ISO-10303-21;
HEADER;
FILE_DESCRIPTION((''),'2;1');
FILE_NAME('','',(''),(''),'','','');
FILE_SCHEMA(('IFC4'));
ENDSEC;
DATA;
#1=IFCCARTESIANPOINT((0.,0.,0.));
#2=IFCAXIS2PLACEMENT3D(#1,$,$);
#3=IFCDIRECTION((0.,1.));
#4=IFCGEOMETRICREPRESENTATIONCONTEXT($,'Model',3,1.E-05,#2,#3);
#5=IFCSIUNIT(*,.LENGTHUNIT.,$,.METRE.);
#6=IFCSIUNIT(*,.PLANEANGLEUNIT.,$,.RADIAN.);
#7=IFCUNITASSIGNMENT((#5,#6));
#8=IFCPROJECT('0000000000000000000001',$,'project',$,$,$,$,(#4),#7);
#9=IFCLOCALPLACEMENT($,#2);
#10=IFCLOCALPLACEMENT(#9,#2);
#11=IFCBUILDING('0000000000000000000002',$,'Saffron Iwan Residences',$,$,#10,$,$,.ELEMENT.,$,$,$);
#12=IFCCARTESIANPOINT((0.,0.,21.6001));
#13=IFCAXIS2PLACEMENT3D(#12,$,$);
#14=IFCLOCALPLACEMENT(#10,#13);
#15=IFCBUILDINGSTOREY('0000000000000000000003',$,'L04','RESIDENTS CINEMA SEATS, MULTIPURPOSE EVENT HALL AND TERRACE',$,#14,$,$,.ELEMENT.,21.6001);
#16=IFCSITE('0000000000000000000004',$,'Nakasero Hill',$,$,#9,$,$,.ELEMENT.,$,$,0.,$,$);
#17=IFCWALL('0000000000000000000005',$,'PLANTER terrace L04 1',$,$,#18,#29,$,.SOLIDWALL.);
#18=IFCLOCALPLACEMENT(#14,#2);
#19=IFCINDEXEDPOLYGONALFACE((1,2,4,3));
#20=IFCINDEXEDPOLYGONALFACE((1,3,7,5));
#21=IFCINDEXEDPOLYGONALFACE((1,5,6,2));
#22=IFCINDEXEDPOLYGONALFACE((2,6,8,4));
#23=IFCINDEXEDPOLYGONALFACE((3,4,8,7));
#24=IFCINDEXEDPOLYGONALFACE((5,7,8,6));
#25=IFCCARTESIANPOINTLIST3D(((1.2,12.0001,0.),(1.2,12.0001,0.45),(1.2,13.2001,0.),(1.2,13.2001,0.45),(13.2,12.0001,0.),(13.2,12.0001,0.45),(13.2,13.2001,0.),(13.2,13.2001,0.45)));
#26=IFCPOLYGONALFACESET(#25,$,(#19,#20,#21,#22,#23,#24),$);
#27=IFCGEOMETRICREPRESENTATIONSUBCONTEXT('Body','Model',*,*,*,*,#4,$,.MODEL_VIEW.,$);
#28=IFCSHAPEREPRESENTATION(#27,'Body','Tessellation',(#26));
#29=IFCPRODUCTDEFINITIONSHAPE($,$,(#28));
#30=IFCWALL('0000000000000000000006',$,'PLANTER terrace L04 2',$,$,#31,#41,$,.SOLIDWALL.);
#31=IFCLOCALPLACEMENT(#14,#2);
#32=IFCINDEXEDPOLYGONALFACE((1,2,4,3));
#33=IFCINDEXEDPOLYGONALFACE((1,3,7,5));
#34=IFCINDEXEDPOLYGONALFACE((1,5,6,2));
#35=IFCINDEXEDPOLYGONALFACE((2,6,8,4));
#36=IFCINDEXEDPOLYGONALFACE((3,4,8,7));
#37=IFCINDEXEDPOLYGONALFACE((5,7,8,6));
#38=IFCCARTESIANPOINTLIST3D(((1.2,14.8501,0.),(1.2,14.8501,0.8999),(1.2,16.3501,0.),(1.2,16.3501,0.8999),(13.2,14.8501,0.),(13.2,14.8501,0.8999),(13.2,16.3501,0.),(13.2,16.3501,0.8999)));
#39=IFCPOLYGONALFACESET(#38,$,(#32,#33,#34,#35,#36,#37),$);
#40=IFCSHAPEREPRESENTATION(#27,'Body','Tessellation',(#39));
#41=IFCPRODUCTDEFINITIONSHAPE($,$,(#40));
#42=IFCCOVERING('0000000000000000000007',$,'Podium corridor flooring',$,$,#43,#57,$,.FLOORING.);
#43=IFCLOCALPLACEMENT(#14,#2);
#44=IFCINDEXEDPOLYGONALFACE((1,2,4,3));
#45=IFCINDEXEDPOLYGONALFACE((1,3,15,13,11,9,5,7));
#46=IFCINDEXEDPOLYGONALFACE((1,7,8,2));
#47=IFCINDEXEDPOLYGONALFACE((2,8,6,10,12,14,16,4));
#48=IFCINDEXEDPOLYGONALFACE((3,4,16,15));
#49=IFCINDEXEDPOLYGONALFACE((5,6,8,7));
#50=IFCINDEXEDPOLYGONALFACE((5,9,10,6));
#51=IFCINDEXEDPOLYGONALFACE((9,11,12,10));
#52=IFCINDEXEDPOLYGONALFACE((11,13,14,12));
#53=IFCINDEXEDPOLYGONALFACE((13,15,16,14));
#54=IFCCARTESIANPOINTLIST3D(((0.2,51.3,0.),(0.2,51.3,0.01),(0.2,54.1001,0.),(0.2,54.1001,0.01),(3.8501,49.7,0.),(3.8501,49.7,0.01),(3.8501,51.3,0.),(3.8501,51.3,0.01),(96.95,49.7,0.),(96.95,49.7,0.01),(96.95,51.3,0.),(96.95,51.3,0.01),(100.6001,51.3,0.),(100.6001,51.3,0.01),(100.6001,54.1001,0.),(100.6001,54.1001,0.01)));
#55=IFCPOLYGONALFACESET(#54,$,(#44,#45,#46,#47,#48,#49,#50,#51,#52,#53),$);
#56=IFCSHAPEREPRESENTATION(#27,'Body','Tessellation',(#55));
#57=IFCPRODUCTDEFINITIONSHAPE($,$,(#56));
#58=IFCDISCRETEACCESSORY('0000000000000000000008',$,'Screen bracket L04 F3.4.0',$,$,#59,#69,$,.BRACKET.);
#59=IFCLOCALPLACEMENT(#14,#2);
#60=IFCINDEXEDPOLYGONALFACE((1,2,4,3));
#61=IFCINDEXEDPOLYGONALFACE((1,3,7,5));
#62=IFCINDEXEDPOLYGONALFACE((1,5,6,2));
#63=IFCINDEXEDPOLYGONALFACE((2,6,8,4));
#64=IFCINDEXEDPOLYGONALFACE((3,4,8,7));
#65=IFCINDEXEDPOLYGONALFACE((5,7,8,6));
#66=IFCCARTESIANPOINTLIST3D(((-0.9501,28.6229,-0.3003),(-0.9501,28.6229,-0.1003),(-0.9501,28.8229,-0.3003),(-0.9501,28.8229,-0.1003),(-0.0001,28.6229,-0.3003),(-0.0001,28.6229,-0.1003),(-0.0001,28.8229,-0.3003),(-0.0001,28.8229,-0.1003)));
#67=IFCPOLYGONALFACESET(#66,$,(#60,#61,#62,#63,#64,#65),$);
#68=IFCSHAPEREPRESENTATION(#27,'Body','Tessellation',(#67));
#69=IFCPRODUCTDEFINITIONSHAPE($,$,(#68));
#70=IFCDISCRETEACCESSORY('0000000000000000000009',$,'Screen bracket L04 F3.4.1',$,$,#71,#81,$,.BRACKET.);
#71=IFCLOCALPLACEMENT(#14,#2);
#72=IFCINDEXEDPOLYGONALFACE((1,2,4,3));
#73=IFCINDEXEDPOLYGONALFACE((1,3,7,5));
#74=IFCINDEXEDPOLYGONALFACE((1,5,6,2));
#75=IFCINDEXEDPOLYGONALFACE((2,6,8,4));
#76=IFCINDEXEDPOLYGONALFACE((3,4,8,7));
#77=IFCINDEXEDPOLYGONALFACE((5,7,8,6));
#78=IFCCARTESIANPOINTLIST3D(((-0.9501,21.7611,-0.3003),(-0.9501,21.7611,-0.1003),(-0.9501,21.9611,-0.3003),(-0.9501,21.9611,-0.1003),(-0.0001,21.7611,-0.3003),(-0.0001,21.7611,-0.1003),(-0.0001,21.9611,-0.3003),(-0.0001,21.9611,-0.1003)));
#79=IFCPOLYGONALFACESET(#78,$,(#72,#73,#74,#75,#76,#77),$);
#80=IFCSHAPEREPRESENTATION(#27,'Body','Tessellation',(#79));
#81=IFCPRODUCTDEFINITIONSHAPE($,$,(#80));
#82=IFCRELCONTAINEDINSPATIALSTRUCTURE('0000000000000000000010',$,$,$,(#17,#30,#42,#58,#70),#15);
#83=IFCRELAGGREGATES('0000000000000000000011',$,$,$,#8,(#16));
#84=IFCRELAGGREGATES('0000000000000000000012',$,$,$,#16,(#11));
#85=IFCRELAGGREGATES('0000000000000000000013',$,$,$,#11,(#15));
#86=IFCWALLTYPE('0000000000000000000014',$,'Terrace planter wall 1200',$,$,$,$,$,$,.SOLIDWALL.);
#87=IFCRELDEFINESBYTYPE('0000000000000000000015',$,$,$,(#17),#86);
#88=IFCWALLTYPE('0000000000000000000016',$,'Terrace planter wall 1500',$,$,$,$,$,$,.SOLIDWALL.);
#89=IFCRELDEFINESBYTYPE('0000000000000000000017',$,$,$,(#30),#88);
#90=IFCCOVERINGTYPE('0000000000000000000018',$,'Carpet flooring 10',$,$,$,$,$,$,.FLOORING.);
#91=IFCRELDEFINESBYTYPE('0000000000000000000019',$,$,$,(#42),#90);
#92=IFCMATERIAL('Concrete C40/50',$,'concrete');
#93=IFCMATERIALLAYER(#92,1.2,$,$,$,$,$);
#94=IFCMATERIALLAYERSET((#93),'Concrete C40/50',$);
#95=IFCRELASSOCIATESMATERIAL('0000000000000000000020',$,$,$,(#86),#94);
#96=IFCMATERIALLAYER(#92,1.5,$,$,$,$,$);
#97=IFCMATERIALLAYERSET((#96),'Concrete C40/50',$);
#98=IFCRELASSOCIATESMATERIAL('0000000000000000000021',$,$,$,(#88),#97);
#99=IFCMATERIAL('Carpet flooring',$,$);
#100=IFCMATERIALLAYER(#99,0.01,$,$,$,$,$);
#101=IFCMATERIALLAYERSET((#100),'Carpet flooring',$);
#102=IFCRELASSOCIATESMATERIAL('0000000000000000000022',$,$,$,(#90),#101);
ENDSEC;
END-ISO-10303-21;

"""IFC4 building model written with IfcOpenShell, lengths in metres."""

from ifc_helpers import new_model, si_unit, direction, frame, frame_2d, origin, origin_2d, place, context, subcontext, project, spatial, polyline, rectangle, outline, extrude, source, transform, mapped, material, layer, layer_set, type_object, element, save


model = new_model("IFC4")

# Units and contexts
model_context = context("Model", 3, precision=1e-05, world=origin(), true_north=direction((0.0, 1.0)))
body_context = subcontext(model_context, "Body", "Model", "MODEL_VIEW")
ifc_project = project(units=[si_unit("LENGTHUNIT", "METRE"), si_unit("PLANEANGLEUNIT", "RADIAN")], contexts=[model_context])

# Site, building, storey
site_placement = place(None, origin())
site = spatial("IfcSite", under=ifc_project, at=site_placement, Name="Nakasero Hill", CompositionType="ELEMENT", RefElevation=0.0)
building_placement = place(site_placement, origin())
building = spatial("IfcBuilding", under=site, at=building_placement, Name="Saffron Iwan Residences", CompositionType="ELEMENT")
storey_placement = place(building_placement, frame((0.0, 0.0, 21.6001)))
storey = spatial("IfcBuildingStorey", under=building, at=storey_placement, Name="L04", Description="RESIDENTS CINEMA SEATS, MULTIPURPOSE EVENT HALL AND TERRACE", CompositionType="ELEMENT", Elevation=21.6001)

# Shared definitions
ifc_material_1 = material(Name="Concrete C40/50", Category="concrete")

# Walls
ifc_layer_1 = layer(ifc_material_1, 1.2)
ifc_layer_set_1 = layer_set([ifc_layer_1], Name="Concrete C40/50")
wall_type_1 = type_object("IfcWallType", Name="Terrace planter wall 1200", PredefinedType="SOLIDWALL", material=ifc_layer_set_1)
wall_1_placement = place(storey_placement, frame((1.2, 12.6001, 0.0), z_axis=(0.0, 0.0, 1.0), x_axis=(1.0, 0.0, 0.0)))
element("IfcWall", 1, at=wall_1_placement, inside=storey, type_object=wall_type_1, Name="PLANTER terrace L04 1", PredefinedType="SOLIDWALL", context=body_context, shape_type="SweptSolid", body=[
    extrude(rectangle(XDim=12.0, YDim=1.2, at=frame_2d((6.0, 0.0))), origin(), (0.0, 0.0, 1.0), 0.45),
])
ifc_layer_2 = layer(ifc_material_1, 1.5)
ifc_layer_set_2 = layer_set([ifc_layer_2], Name="Concrete C40/50")
wall_type_2 = type_object("IfcWallType", Name="Terrace planter wall 1500", PredefinedType="SOLIDWALL", material=ifc_layer_set_2)
wall_2_placement = place(storey_placement, frame((1.2, 15.6001, 0.0), z_axis=(0.0, 0.0, 1.0), x_axis=(1.0, 0.0, 0.0)))
element("IfcWall", 2, at=wall_2_placement, inside=storey, type_object=wall_type_2, Name="PLANTER terrace L04 2", PredefinedType="SOLIDWALL", context=body_context, shape_type="SweptSolid", body=[
    extrude(rectangle(XDim=12.0, YDim=1.5, at=frame_2d((6.0, 0.0))), origin(), (0.0, 0.0, 1.0), 0.8999),
])

# Covering
ifc_material_2 = material(Name="Carpet flooring")
ifc_layer_3 = layer(ifc_material_2, 0.01)
ifc_layer_set_3 = layer_set([ifc_layer_3], Name="Carpet flooring")
covering_type_1 = type_object("IfcCoveringType", Name="Carpet flooring 10", PredefinedType="FLOORING", material=ifc_layer_set_3)
covering_1_placement = place(storey_placement, origin())
element("IfcCovering", 3, at=covering_1_placement, inside=storey, type_object=covering_type_1, Name="Podium corridor flooring", PredefinedType="FLOORING", context=body_context, shape_type="SweptSolid", body=[
    extrude(outline(polyline([(100.6001, 51.3), (96.95, 51.3), (96.95, 49.7), (3.8501, 49.7), (3.8501, 51.3), (0.2, 51.3), (0.2, 54.1001), (100.6001, 54.1001), (100.6001, 51.3)])), origin(), (0.0, 0.0, 1.0), 0.01),
])

# Discrete accessories
shared_shape_1 = source(origin(), body_context, "Body", "SweptSolid", [
    extrude(rectangle(XDim=0.95, YDim=0.2, at=origin_2d()), origin(), (0.0, 0.0, 1.0), 0.2),
])
for number, where, z_axis, x_axis, name in (
    (4, (-0.4751, 28.7229, -0.3003), (0.0, 0.0, 1.0), (-1.0, 0.0, 0.0), "Screen bracket L04 F3.4.0"),
    (5, (-0.4751, 21.8611, -0.3003), (0.0, 0.0, 1.0), (-1.0, 0.0, 0.0), "Screen bracket L04 F3.4.1"),
):
    element("IfcDiscreteAccessory", number, at=place(storey_placement, frame(where, z_axis=z_axis, x_axis=x_axis)), inside=storey, Name=name, PredefinedType="BRACKET", context=body_context, shape_type="MappedRepresentation", body=[
        mapped(shared_shape_1, transform((0.0, 0.0, 0.0))),
    ])

save(model, "model.ifc")
